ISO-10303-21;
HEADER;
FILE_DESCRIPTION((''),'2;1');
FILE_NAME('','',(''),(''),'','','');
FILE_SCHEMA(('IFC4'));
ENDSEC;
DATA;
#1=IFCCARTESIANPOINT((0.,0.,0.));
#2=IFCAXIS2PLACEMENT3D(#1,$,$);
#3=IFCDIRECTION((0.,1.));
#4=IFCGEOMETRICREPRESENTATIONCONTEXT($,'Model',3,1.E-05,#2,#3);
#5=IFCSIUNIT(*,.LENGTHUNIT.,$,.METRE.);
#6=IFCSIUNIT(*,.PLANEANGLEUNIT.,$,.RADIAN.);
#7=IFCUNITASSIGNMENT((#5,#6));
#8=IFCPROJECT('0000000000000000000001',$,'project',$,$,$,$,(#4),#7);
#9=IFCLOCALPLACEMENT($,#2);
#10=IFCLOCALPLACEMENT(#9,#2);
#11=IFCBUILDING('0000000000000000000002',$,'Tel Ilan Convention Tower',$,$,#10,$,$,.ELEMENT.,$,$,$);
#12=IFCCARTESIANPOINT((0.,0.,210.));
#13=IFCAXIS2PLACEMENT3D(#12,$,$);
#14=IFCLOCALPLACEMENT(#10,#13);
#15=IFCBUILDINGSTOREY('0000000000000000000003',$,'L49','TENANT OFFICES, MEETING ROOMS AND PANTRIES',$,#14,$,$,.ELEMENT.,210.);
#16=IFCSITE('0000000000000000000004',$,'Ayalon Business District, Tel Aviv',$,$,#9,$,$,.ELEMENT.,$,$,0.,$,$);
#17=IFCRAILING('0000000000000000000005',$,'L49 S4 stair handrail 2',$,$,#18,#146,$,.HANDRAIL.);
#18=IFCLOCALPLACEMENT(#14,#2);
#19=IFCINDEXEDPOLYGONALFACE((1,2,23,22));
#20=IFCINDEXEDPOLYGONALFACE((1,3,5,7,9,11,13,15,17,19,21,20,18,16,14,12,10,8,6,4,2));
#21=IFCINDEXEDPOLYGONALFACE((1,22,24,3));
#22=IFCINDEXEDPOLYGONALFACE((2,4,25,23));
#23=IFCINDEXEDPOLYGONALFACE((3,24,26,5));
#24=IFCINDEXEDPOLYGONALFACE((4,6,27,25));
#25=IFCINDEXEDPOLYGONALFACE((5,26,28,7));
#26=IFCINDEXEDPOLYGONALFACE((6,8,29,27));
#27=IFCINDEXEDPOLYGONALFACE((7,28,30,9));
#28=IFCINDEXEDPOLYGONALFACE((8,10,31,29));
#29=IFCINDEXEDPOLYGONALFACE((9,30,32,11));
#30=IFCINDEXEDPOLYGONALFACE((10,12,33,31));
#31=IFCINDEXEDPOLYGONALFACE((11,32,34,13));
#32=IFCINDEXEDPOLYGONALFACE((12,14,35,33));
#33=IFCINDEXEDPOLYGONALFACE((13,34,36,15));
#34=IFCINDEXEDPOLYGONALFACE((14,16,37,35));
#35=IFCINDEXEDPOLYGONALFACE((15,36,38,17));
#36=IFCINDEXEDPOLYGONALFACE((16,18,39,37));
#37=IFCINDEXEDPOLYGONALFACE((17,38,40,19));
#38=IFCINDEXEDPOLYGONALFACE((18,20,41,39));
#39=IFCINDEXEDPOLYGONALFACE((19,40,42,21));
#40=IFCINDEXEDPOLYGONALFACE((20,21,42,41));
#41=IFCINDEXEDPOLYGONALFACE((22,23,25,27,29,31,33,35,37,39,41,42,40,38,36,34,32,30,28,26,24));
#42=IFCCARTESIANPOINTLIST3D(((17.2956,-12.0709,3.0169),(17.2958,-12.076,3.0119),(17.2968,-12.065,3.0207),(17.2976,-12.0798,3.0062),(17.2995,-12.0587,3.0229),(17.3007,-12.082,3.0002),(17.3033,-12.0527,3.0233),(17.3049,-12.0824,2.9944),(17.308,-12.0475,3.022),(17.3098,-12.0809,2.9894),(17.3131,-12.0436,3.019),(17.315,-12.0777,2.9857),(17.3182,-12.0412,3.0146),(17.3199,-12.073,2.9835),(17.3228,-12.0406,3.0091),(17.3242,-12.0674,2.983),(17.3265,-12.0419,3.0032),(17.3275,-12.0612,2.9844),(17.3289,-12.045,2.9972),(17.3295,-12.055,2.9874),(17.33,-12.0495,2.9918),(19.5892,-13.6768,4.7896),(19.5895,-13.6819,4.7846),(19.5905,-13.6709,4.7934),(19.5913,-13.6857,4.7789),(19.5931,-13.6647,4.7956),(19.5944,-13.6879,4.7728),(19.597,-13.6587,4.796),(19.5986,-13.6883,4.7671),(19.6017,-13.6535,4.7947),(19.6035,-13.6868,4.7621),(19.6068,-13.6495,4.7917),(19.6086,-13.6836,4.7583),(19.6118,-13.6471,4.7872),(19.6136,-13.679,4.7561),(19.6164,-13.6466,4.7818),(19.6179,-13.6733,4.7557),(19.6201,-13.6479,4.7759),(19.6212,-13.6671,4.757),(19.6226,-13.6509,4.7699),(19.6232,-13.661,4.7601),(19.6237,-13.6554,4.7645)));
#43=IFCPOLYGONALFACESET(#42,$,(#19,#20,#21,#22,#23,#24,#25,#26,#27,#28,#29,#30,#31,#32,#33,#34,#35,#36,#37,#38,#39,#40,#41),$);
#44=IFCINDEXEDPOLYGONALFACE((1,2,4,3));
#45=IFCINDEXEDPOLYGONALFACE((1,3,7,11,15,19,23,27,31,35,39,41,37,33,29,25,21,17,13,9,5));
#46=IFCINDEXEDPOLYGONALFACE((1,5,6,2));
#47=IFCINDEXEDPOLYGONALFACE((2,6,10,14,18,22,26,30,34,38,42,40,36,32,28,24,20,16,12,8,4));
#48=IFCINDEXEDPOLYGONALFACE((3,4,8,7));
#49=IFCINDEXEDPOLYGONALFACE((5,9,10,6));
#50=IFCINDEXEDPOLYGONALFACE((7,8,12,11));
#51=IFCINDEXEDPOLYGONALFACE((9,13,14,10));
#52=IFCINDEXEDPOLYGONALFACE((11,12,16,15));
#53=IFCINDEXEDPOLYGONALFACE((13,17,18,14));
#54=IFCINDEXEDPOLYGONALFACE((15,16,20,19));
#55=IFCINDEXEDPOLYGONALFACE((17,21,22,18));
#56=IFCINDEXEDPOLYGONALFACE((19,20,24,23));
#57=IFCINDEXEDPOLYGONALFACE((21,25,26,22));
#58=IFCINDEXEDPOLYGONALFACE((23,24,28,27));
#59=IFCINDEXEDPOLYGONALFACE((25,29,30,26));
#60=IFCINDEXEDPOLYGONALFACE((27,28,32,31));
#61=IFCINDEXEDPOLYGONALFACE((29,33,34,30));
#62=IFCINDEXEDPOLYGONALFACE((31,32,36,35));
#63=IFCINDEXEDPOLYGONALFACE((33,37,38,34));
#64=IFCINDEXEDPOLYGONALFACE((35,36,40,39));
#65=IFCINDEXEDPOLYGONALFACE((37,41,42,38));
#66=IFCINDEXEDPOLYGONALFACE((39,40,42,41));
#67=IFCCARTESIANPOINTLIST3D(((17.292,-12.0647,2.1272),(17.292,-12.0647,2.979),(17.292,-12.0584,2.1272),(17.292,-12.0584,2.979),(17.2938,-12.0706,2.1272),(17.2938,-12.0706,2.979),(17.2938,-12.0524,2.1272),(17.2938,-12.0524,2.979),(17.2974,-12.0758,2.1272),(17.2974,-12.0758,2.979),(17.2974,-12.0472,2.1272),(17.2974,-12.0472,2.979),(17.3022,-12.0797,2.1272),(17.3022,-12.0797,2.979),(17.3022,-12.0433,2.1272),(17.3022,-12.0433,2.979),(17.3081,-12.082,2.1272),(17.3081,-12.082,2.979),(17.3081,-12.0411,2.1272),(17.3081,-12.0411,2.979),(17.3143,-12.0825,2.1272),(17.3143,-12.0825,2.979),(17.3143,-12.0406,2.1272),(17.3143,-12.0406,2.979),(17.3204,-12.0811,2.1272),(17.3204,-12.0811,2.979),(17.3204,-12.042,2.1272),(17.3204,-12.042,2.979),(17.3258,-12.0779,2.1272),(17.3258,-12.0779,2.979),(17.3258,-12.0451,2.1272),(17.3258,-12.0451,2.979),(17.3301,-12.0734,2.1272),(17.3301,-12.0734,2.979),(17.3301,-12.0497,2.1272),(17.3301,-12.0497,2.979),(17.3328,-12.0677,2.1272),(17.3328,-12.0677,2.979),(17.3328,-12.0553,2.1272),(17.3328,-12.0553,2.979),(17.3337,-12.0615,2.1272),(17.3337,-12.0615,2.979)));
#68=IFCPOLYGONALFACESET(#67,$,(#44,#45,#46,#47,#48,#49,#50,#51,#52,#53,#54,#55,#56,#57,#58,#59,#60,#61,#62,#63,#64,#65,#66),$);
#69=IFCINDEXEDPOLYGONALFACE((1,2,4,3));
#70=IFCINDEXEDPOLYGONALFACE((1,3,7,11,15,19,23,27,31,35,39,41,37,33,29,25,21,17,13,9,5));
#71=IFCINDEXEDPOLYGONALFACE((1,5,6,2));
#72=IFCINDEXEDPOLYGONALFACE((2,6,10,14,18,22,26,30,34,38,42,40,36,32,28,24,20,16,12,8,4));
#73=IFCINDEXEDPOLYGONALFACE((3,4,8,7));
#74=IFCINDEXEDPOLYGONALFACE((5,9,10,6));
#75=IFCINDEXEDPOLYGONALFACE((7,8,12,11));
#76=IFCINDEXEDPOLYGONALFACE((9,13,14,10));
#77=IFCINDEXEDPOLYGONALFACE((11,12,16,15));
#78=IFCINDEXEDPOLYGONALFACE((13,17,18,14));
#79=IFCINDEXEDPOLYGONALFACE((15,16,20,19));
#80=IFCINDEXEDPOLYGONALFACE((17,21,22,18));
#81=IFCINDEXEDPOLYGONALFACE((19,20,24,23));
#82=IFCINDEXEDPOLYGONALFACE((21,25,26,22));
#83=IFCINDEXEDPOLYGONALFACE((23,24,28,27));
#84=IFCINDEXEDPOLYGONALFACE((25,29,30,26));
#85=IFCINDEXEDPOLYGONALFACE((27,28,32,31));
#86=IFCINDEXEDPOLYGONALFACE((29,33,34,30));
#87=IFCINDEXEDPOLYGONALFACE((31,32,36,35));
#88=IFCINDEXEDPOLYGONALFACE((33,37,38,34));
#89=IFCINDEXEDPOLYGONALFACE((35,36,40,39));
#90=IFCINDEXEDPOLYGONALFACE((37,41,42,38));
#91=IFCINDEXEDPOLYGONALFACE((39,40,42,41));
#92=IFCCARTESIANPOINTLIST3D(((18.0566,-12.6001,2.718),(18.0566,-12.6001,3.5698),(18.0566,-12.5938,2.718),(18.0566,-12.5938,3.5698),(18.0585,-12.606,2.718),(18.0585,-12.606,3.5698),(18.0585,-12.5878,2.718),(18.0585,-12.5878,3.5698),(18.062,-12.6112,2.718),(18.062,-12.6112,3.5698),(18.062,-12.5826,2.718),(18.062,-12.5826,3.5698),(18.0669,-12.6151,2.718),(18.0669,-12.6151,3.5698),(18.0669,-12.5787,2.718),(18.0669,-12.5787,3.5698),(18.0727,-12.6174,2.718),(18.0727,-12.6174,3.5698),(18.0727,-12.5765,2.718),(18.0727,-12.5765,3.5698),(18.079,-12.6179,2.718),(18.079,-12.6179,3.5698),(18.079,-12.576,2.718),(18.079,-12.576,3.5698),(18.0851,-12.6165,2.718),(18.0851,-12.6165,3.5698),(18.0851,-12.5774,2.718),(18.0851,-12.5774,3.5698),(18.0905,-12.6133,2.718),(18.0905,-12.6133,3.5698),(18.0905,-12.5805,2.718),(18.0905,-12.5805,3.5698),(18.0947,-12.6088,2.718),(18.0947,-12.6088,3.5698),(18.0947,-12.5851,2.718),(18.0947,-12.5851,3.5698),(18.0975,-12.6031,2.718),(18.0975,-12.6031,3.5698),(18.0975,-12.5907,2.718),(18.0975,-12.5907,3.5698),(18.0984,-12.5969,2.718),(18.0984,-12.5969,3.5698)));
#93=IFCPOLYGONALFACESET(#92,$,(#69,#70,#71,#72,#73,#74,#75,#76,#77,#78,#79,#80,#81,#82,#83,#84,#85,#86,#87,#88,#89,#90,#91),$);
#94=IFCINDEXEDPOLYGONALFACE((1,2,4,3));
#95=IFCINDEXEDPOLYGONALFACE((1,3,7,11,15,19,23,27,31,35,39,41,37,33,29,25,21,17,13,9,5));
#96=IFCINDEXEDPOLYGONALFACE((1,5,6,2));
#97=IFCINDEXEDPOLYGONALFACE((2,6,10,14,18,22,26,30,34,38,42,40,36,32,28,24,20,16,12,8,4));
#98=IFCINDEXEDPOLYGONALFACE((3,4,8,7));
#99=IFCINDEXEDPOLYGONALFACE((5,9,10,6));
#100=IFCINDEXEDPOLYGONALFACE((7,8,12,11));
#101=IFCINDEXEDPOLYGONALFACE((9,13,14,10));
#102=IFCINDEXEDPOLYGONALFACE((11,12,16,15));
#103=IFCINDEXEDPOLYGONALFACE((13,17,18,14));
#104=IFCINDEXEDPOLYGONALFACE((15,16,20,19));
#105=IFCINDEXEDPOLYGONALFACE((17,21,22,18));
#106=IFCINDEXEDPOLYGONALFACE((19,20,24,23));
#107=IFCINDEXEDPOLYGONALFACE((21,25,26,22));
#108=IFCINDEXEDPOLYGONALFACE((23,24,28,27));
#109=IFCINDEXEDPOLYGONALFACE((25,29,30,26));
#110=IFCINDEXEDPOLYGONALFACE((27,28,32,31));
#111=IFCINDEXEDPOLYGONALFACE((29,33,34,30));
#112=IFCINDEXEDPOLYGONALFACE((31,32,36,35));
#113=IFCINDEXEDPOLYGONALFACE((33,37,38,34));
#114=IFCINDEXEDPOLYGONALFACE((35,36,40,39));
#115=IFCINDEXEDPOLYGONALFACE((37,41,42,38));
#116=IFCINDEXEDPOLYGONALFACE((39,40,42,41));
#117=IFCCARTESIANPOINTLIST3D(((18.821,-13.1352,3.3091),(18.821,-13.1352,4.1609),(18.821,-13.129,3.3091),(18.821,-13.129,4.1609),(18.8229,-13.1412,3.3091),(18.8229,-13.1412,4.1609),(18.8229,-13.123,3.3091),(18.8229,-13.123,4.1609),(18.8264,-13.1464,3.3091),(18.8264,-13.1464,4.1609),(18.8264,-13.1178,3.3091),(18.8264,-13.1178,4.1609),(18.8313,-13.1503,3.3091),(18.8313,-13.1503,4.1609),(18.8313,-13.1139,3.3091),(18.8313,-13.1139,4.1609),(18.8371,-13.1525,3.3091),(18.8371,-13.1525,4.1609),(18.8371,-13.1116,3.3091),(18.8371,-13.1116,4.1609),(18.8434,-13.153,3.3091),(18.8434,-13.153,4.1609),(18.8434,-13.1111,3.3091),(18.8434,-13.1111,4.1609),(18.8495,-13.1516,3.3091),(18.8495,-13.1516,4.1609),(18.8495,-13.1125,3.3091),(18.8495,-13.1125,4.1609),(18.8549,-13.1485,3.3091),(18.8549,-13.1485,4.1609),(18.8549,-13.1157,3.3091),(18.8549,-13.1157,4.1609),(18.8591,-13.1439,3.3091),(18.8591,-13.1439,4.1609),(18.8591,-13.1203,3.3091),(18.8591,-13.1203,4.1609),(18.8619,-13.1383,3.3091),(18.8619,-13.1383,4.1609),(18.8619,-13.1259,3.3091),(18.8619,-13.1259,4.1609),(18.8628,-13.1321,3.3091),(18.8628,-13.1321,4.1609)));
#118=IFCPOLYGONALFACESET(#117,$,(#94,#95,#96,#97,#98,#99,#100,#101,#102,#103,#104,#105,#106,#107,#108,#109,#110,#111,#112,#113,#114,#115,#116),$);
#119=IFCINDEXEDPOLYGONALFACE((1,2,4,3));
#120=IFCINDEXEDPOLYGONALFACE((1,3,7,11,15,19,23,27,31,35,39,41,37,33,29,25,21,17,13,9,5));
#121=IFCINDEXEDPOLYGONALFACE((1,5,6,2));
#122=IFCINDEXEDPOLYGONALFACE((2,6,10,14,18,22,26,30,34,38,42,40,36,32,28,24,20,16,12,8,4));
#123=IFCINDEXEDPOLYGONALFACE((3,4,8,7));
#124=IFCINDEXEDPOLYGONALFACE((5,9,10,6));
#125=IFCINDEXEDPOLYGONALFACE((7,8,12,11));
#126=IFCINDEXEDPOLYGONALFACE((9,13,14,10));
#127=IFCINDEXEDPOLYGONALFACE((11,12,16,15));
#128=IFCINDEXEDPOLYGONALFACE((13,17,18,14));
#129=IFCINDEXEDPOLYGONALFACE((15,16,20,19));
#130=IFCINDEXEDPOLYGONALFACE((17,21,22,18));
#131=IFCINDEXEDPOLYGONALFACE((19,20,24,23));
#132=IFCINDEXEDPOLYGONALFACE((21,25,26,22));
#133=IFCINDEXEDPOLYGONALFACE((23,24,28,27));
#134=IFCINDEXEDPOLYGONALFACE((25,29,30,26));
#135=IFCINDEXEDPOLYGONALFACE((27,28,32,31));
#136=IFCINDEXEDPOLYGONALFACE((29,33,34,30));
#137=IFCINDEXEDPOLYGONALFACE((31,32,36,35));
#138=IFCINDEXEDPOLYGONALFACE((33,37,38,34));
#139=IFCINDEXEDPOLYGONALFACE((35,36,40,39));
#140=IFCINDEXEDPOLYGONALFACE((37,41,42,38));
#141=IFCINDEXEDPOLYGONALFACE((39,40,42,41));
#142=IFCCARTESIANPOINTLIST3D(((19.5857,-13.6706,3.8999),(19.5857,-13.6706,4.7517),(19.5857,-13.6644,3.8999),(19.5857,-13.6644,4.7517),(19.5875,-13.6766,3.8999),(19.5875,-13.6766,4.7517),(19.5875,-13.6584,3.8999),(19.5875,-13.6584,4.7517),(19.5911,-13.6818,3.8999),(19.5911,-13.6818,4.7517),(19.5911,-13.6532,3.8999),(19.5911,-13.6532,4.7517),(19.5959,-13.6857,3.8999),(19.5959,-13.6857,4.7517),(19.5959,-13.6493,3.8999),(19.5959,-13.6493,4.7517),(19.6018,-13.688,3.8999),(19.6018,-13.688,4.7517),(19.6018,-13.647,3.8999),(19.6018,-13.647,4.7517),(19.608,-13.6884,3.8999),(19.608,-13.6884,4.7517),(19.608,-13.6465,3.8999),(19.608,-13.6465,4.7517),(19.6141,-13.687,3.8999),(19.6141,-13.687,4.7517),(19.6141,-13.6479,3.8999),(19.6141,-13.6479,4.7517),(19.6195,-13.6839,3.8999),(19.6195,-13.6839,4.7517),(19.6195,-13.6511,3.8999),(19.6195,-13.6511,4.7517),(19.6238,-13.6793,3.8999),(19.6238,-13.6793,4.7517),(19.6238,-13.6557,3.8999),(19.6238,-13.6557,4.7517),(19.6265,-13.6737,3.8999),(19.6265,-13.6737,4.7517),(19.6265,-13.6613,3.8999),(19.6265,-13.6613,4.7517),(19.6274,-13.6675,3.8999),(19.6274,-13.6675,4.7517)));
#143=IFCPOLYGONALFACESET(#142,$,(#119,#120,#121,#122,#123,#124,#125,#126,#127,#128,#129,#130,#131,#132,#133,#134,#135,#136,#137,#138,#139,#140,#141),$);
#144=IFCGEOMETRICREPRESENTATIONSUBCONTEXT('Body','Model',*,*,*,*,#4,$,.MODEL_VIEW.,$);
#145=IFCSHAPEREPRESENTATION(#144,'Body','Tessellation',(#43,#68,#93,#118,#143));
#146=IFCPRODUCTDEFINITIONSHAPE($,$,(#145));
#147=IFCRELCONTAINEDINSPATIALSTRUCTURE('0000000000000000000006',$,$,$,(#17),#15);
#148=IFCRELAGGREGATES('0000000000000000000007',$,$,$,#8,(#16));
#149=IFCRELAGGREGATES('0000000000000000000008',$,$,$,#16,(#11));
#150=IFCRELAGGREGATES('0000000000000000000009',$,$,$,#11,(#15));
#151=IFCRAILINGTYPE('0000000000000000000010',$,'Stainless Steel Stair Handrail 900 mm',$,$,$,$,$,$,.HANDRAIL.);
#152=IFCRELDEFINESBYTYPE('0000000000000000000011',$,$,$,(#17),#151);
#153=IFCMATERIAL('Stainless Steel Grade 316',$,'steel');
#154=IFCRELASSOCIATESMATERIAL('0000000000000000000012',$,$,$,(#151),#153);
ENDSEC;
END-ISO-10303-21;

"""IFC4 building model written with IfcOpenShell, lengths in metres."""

from ifc_helpers import new_model, si_unit, direction, frame, origin, origin_2d, place, context, subcontext, project, spatial, circle, extrude, material, type_object, element, save


model = new_model("IFC4")

# Units and contexts
model_context = context("Model", 3, precision=1e-05, world=origin(), true_north=direction((0.0, 1.0)))
body_context = subcontext(model_context, "Body", "Model", "MODEL_VIEW")
ifc_project = project(units=[si_unit("LENGTHUNIT", "METRE"), si_unit("PLANEANGLEUNIT", "RADIAN")], contexts=[model_context])

# Site, building, storey
site_placement = place(None, origin())
site = spatial("IfcSite", under=ifc_project, at=site_placement, Name="Ayalon Business District, Tel Aviv", CompositionType="ELEMENT", RefElevation=0.0)
building_placement = place(site_placement, origin())
building = spatial("IfcBuilding", under=site, at=building_placement, Name="Tel Ilan Convention Tower", CompositionType="ELEMENT")
storey_placement = place(building_placement, frame((0.0, 0.0, 210.0)))
storey = spatial("IfcBuildingStorey", under=building, at=storey_placement, Name="L49", Description="TENANT OFFICES, MEETING ROOMS AND PANTRIES", CompositionType="ELEMENT", Elevation=210.0)

# Railing
ifc_material_1 = material(Name="Stainless Steel Grade 316", Category="steel")
railing_type = type_object("IfcRailingType", Name="Stainless Steel Stair Handrail 900 mm", PredefinedType="HANDRAIL", material=ifc_material_1)
railing_placement = place(storey_placement, frame((17.3127, -12.0615, 2.1272)))
element("IfcRailing", 1, at=railing_placement, inside=storey, type_object=railing_type, Name="L49 S4 stair handrail 2", PredefinedType="HANDRAIL", context=body_context, shape_type="SweptSolid", body=[
    extrude(circle(Radius=0.0239, at=origin_2d()), frame((0.0, 0.0, 0.876), z_axis=(0.692123, -0.484597, 0.534913), x_axis=(0.57355, 0.81917, 0.0)), (0.0, 0.0, 1.0), 3.314),
    extrude(circle(Radius=0.021, at=origin_2d()), origin(), (0.0, 0.0, 1.0), 0.8518),
    extrude(circle(Radius=0.021, at=origin_2d()), frame((0.7646, -0.5354, 0.5908)), (0.0, 0.0, 1.0), 0.8518),
    extrude(circle(Radius=0.021, at=origin_2d()), frame((1.5291, -1.0706, 1.1819)), (0.0, 0.0, 1.0), 0.8518),
    extrude(circle(Radius=0.021, at=origin_2d()), frame((2.2937, -1.606, 1.7727)), (0.0, 0.0, 1.0), 0.8518),
])

save(model, "model.ifc")
